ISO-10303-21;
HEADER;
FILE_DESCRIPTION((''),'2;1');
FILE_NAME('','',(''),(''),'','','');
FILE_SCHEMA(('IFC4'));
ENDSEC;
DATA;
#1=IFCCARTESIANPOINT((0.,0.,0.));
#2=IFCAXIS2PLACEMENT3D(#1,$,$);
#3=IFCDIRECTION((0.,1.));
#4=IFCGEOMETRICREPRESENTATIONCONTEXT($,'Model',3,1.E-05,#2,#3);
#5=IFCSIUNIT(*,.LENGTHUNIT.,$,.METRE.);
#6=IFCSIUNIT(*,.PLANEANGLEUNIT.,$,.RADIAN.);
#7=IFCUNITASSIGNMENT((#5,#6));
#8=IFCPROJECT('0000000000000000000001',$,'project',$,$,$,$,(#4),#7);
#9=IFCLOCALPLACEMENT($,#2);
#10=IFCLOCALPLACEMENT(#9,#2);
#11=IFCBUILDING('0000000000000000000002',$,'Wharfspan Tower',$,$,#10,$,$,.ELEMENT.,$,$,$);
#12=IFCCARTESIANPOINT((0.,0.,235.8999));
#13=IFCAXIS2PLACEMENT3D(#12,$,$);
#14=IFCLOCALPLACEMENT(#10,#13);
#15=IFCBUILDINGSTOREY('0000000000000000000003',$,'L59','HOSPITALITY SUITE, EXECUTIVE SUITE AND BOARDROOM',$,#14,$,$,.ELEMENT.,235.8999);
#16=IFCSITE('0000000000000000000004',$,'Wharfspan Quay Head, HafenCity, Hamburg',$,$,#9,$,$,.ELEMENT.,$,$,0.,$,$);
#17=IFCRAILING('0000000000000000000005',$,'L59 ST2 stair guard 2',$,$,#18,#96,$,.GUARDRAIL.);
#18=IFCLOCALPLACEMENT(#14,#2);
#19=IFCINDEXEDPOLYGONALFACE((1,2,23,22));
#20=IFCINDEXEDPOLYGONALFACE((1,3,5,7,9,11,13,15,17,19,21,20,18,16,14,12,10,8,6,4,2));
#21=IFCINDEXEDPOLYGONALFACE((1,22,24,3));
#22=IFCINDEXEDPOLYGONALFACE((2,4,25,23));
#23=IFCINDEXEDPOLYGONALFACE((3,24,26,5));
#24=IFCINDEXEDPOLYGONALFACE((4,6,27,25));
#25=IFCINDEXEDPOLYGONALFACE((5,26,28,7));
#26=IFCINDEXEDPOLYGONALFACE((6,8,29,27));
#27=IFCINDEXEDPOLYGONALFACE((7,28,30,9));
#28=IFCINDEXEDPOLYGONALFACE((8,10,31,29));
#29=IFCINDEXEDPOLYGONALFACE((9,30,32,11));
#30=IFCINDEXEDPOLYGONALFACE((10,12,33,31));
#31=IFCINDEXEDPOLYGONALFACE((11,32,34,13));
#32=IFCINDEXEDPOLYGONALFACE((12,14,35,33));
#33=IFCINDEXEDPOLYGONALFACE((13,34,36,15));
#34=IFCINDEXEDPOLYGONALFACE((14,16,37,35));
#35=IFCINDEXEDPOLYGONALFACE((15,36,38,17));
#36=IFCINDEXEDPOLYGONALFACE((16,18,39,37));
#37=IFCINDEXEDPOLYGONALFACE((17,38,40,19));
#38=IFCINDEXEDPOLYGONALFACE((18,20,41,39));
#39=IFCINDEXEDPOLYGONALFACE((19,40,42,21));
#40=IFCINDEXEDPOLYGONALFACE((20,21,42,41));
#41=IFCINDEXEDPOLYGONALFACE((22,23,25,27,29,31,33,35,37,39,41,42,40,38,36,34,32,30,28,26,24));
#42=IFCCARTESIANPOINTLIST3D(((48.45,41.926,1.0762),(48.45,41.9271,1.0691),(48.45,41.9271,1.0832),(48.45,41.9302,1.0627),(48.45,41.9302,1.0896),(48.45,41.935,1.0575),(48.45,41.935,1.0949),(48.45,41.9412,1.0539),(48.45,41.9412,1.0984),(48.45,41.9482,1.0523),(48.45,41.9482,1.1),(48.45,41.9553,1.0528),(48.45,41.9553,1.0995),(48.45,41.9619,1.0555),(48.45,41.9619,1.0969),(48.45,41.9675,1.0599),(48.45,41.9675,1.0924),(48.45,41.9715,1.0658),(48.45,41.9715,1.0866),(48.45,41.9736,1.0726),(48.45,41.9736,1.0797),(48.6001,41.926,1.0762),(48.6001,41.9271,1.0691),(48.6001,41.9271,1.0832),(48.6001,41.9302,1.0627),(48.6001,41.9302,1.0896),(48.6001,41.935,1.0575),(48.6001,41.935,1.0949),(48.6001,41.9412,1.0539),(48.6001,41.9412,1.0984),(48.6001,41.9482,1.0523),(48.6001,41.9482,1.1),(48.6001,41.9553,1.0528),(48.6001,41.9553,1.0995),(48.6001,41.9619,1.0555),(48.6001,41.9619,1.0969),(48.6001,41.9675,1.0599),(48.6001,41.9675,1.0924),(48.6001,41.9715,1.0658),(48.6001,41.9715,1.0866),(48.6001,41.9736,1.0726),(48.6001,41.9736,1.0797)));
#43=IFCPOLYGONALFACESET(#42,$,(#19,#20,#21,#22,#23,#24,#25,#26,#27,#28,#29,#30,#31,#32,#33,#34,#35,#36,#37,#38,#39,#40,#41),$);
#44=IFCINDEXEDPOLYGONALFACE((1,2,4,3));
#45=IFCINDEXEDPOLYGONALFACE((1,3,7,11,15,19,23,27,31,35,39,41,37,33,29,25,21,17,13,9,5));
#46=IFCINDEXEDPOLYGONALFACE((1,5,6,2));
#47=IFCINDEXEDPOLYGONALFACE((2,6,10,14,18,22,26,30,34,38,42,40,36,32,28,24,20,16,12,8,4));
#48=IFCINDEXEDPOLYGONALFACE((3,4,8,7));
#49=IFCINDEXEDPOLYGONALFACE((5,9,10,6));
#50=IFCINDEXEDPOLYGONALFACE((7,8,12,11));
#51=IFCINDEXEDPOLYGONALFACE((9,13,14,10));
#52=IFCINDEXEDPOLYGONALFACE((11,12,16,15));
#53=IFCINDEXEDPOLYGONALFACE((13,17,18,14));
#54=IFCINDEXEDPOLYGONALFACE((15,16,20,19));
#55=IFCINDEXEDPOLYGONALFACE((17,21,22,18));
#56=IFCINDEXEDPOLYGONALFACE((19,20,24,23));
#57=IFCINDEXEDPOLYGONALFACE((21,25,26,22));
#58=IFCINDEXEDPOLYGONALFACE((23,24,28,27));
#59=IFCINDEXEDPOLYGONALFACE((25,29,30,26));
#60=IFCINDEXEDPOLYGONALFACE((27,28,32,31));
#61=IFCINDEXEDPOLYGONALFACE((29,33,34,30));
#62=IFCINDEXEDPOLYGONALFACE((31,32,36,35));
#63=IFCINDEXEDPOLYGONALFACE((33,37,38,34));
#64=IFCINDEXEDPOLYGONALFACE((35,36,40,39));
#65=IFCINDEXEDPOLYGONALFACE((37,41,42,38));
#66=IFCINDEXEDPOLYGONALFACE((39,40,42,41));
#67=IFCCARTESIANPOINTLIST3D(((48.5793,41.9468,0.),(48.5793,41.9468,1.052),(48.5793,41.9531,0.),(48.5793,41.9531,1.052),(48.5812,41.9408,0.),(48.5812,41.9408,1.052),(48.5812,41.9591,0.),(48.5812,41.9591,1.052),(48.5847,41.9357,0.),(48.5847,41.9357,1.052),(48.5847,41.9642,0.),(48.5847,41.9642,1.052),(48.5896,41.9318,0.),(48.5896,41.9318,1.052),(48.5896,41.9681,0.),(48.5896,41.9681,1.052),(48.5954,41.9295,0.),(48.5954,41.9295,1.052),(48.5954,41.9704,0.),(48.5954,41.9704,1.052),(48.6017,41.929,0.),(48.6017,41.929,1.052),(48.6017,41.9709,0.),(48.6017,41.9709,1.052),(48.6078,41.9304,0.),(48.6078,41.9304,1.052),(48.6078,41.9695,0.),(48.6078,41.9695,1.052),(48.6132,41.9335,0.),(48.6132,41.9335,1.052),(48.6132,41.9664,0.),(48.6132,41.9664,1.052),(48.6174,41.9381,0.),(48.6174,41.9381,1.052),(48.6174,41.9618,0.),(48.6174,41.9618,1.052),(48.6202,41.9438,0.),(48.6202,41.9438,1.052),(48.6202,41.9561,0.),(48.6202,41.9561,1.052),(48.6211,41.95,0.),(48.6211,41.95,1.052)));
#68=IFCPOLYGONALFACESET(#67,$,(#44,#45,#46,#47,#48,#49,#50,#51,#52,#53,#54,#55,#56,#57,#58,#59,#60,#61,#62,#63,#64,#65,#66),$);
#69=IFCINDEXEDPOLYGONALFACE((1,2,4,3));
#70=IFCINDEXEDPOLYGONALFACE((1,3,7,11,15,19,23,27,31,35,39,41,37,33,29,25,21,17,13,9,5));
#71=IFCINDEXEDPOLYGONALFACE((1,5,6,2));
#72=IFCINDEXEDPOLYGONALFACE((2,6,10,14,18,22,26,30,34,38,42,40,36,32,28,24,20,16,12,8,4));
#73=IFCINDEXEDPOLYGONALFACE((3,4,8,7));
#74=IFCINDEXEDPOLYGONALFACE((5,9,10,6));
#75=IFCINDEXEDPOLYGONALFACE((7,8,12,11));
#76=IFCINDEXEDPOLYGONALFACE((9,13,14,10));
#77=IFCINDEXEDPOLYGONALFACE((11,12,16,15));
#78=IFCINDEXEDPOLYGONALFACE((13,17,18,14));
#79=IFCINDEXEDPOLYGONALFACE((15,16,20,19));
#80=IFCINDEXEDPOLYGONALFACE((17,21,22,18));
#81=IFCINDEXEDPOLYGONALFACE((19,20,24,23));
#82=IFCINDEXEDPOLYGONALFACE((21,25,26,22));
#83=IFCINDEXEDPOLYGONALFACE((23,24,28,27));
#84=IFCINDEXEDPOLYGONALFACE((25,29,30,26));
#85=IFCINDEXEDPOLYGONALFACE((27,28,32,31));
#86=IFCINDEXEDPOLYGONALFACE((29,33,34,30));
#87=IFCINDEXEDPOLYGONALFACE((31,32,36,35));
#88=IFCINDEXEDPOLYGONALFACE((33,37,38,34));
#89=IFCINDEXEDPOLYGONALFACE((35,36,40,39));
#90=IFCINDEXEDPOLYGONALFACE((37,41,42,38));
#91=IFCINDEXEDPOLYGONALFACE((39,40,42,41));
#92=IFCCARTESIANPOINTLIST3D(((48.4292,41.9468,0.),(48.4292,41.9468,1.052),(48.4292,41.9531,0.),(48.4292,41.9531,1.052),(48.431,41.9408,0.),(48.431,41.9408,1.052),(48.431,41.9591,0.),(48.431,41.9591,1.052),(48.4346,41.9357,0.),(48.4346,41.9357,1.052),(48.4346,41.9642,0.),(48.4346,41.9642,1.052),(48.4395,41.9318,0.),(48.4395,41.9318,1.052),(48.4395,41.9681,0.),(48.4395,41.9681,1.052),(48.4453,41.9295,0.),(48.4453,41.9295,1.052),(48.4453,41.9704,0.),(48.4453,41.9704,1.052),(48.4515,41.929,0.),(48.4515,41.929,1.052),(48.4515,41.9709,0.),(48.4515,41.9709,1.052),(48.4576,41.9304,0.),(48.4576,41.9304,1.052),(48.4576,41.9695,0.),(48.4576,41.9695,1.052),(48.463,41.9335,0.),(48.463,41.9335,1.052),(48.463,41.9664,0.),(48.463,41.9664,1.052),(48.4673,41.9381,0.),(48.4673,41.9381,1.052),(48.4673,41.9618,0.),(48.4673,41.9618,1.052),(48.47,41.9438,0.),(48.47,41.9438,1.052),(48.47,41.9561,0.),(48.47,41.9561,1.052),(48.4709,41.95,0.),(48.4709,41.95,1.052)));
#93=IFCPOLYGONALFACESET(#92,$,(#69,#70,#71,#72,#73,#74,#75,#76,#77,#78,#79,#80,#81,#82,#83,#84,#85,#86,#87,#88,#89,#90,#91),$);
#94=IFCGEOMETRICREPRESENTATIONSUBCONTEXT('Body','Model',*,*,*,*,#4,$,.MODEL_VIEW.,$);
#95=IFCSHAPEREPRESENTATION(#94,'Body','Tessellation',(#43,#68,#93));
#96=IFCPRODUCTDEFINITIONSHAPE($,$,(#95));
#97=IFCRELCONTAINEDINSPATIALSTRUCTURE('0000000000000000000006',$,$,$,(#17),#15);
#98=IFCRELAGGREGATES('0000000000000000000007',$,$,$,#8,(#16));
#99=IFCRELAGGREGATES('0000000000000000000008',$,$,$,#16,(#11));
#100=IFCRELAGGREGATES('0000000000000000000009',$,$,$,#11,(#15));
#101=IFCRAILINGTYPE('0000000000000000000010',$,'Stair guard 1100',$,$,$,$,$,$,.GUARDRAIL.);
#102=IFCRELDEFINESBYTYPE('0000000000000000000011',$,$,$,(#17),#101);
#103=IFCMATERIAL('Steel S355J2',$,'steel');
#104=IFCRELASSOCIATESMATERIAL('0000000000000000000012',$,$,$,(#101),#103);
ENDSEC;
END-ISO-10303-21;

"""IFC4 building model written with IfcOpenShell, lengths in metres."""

from ifc_helpers import new_model, si_unit, direction, frame, origin, origin_2d, place, context, subcontext, project, spatial, circle, extrude, material, type_object, element, save


model = new_model("IFC4")

# Units and contexts
model_context = context("Model", 3, precision=1e-05, world=origin(), true_north=direction((0.0, 1.0)))
body_context = subcontext(model_context, "Body", "Model", "MODEL_VIEW")
ifc_project = project(units=[si_unit("LENGTHUNIT", "METRE"), si_unit("PLANEANGLEUNIT", "RADIAN")], contexts=[model_context])

# Site, building, storey
site_placement = place(None, origin())
site = spatial("IfcSite", under=ifc_project, at=site_placement, Name="Wharfspan Quay Head, HafenCity, Hamburg", CompositionType="ELEMENT", RefElevation=0.0)
building_placement = place(site_placement, origin())
building = spatial("IfcBuilding", under=site, at=building_placement, Name="Wharfspan Tower", CompositionType="ELEMENT")
storey_placement = place(building_placement, frame((0.0, 0.0, 235.8999)))
storey = spatial("IfcBuildingStorey", under=building, at=storey_placement, Name="L59", Description="HOSPITALITY SUITE, EXECUTIVE SUITE AND BOARDROOM", CompositionType="ELEMENT", Elevation=235.8999)

# Shared definitions
ifc_material_1 = material(Name="Steel S355J2", Category="steel")

# Railing
railing_type_1 = type_object("IfcRailingType", Name="Stair guard 1100", PredefinedType="GUARDRAIL", material=ifc_material_1)
railing_1_placement = place(storey_placement, frame((48.6001, 41.95, 0.0)))
element("IfcRailing", 1, at=railing_1_placement, inside=storey, type_object=railing_type_1, Name="L59 ST2 stair guard 2", PredefinedType="GUARDRAIL", context=body_context, shape_type="SweptSolid", body=[
    extrude(circle(Radius=0.0239, at=origin_2d()), frame((0.0, 0.0, 1.0762), z_axis=(-1.0, 0.0, 0.0), x_axis=(0.0, -1.0, 0.0)), (0.0, 0.0, 1.0), 0.1501),
    extrude(circle(Radius=0.021, at=origin_2d()), origin(), (0.0, 0.0, 1.0), 1.052),
    extrude(circle(Radius=0.021, at=origin_2d()), frame((-0.1501, 0.0, 0.0)), (0.0, 0.0, 1.0), 1.052),
])

save(model, "model.ifc")
